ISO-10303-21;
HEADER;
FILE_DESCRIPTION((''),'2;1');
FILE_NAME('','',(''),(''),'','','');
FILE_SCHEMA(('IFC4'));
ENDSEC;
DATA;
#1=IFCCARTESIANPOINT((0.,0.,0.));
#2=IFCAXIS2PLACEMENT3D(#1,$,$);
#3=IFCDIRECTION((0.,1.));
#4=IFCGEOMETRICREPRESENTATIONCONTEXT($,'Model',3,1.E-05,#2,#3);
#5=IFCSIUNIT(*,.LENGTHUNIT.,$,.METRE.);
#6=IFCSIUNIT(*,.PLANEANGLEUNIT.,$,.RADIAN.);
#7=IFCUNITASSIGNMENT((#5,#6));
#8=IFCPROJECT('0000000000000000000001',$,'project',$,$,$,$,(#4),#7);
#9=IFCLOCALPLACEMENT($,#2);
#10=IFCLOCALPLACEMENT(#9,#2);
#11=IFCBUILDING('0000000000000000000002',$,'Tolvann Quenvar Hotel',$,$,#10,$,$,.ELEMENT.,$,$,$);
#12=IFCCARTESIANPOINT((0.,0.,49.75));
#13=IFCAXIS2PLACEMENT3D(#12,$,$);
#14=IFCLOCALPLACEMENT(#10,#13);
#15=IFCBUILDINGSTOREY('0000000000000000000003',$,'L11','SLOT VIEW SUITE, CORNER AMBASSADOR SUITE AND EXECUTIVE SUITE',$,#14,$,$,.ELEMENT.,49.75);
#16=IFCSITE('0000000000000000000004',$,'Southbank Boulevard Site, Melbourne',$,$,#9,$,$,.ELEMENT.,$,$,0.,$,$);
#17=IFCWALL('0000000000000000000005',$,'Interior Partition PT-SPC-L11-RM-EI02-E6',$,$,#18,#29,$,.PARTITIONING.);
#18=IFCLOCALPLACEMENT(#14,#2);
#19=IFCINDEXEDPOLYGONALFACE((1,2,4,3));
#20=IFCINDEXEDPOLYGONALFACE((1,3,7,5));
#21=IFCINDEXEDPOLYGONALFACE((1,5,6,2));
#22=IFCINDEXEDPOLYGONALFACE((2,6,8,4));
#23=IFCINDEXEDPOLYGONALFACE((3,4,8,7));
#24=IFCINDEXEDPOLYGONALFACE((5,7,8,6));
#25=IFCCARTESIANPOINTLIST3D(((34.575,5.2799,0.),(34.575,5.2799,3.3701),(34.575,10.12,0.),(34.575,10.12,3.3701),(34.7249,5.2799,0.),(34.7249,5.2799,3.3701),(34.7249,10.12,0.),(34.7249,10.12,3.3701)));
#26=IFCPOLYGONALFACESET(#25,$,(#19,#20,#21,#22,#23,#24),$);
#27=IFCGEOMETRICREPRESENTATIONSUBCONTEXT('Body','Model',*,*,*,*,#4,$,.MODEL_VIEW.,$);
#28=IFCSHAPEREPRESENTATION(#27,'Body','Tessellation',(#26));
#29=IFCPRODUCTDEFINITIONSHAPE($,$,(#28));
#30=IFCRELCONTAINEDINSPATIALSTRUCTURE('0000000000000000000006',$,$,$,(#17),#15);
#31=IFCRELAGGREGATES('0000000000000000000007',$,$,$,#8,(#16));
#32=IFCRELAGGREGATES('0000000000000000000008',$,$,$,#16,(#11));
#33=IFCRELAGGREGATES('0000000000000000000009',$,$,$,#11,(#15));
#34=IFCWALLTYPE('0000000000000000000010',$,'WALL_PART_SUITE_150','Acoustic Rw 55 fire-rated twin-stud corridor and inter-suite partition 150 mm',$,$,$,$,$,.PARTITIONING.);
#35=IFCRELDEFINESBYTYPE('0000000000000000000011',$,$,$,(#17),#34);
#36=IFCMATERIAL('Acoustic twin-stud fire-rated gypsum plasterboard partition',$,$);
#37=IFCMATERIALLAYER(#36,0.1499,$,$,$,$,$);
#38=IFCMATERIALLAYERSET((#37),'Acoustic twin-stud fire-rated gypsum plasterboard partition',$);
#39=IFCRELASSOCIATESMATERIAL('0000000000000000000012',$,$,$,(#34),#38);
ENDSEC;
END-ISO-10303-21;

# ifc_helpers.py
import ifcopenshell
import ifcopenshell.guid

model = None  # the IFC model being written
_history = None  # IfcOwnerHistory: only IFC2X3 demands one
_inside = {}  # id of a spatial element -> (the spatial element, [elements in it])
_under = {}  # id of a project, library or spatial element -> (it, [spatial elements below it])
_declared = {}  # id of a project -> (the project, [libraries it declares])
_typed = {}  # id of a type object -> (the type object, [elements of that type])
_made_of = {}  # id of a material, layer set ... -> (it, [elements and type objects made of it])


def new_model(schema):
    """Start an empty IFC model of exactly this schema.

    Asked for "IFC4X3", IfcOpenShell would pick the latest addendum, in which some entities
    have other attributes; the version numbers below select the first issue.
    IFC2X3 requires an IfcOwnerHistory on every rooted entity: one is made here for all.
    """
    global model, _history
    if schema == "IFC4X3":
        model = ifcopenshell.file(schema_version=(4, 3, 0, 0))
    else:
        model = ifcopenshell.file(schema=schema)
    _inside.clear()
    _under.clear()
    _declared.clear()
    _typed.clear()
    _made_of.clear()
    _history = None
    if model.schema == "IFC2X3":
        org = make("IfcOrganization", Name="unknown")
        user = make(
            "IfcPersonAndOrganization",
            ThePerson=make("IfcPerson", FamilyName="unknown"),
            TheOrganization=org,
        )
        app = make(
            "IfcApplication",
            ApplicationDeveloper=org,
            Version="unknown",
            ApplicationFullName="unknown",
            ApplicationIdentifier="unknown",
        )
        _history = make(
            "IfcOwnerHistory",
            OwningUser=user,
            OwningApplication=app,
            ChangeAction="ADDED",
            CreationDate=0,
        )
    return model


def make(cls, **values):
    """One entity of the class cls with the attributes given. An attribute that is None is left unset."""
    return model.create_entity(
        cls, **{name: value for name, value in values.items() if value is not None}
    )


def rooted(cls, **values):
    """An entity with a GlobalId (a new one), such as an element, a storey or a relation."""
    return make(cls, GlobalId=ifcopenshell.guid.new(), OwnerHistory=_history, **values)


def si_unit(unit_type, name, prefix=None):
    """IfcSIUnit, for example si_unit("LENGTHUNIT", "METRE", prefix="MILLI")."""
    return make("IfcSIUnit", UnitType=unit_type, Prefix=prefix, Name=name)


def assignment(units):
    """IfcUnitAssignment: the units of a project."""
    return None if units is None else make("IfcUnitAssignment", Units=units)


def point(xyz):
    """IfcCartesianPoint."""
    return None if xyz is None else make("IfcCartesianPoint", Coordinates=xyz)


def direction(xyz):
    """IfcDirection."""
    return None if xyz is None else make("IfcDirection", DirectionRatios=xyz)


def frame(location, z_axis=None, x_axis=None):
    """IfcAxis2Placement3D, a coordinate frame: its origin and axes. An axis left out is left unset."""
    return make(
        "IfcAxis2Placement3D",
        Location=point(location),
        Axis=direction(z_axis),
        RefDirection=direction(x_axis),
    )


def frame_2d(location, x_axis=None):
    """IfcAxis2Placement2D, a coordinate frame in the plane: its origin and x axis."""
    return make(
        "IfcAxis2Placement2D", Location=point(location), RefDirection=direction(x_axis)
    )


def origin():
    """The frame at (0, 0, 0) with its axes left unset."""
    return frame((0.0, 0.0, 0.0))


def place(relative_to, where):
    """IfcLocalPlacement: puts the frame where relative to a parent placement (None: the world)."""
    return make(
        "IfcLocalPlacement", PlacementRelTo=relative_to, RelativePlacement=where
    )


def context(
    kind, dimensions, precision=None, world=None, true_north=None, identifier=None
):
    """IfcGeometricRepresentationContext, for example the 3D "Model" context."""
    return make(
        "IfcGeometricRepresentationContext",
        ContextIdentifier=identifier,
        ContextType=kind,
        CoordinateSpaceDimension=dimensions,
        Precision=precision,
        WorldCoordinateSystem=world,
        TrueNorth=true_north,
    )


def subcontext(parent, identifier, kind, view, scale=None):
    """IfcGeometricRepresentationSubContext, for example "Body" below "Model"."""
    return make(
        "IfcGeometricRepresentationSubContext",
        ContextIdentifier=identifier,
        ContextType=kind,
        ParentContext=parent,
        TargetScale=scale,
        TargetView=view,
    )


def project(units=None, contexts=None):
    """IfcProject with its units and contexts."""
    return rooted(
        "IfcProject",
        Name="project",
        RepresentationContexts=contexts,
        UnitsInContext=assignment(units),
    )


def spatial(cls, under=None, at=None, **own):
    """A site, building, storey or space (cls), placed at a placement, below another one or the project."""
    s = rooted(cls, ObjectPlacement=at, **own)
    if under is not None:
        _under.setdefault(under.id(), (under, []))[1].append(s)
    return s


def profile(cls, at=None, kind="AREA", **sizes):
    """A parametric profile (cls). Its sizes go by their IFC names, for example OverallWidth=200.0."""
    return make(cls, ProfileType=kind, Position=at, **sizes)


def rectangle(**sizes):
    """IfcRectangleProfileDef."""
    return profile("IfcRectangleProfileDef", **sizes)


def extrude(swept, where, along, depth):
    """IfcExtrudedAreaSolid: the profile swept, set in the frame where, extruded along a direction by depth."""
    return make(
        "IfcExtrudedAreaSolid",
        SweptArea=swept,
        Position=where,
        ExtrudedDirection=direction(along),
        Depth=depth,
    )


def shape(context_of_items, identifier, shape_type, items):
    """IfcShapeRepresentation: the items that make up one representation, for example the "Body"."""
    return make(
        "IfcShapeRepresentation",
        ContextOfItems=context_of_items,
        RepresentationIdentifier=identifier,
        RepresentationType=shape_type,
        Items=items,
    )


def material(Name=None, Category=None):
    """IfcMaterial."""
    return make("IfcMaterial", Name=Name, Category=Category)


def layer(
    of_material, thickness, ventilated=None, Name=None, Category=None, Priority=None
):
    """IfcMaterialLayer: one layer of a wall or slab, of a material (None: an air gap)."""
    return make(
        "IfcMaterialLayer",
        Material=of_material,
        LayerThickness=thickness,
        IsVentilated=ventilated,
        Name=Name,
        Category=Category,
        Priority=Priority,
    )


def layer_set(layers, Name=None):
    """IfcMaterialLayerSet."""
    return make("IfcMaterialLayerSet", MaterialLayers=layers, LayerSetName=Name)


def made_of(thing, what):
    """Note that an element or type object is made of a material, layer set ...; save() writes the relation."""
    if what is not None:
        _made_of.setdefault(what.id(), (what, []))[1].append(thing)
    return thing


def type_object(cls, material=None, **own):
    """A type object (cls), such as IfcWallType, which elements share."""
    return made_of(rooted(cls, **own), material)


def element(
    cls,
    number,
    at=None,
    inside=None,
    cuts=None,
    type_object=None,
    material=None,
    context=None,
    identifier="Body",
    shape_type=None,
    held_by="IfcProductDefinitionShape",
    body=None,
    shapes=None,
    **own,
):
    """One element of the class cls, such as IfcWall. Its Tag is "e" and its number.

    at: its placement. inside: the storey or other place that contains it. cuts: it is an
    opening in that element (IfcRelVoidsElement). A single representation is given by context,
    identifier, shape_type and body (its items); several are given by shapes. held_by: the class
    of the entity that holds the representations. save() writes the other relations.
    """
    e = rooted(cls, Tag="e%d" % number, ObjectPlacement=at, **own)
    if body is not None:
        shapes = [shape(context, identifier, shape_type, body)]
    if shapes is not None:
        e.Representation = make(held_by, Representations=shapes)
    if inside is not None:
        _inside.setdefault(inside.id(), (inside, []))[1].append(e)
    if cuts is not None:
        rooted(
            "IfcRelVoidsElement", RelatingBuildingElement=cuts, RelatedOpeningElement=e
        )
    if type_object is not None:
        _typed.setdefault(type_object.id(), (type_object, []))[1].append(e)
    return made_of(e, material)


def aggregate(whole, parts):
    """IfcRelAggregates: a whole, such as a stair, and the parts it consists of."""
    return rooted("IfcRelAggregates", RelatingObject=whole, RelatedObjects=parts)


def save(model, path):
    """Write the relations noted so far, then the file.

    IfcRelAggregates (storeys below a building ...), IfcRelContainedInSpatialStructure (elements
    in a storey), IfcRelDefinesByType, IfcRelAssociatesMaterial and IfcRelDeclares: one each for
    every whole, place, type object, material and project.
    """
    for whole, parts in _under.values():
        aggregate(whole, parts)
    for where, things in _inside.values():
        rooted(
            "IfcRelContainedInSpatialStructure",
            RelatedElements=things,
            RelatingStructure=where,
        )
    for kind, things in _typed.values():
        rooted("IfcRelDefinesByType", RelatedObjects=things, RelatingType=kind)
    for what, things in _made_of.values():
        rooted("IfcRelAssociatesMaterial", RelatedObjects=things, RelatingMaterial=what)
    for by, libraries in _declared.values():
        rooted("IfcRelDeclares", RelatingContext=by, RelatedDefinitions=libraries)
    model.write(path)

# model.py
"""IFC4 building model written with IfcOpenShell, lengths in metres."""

from ifc_helpers import new_model, si_unit, direction, frame, frame_2d, origin, place, context, subcontext, project, spatial, rectangle, extrude, material, layer, layer_set, type_object, element, save


model = new_model("IFC4")

# Units and contexts
model_context = context("Model", 3, precision=1e-05, world=origin(), true_north=direction((0.0, 1.0)))
body_context = subcontext(model_context, "Body", "Model", "MODEL_VIEW")
ifc_project = project(units=[si_unit("LENGTHUNIT", "METRE"), si_unit("PLANEANGLEUNIT", "RADIAN")], contexts=[model_context])

# Site, building, storey
site_placement = place(None, origin())
site = spatial("IfcSite", under=ifc_project, at=site_placement, Name="Southbank Boulevard Site, Melbourne", CompositionType="ELEMENT", RefElevation=0.0)
building_placement = place(site_placement, origin())
building = spatial("IfcBuilding", under=site, at=building_placement, Name="Tolvann Quenvar Hotel", CompositionType="ELEMENT")
storey_placement = place(building_placement, frame((0.0, 0.0, 49.75)))
storey = spatial("IfcBuildingStorey", under=building, at=storey_placement, Name="L11", Description="SLOT VIEW SUITE, CORNER AMBASSADOR SUITE AND EXECUTIVE SUITE", CompositionType="ELEMENT", Elevation=49.75)

# Wall
ifc_material_1 = material(Name="Acoustic twin-stud fire-rated gypsum plasterboard partition")
ifc_layer_1 = layer(ifc_material_1, 0.1499)
ifc_layer_set_1 = layer_set([ifc_layer_1], Name="Acoustic twin-stud fire-rated gypsum plasterboard partition")
wall_type_1 = type_object("IfcWallType", Name="WALL_PART_SUITE_150", Description="Acoustic Rw 55 fire-rated twin-stud corridor and inter-suite partition 150 mm", PredefinedType="PARTITIONING", material=ifc_layer_set_1)
wall_1_placement = place(storey_placement, frame((34.6499, 5.28, 0.0), z_axis=(0.0, 0.0, 1.0), x_axis=(0.0, 1.0, 0.0)))
element("IfcWall", 1, at=wall_1_placement, inside=storey, type_object=wall_type_1, Name="Interior Partition PT-SPC-L11-RM-EI02-E6", PredefinedType="PARTITIONING", context=body_context, shape_type="SweptSolid", body=[
    extrude(rectangle(XDim=4.8401, YDim=0.1499, at=frame_2d((2.4199, 0.0))), origin(), (0.0, 0.0, 1.0), 3.3701),
])

save(model, "model.ifc")
